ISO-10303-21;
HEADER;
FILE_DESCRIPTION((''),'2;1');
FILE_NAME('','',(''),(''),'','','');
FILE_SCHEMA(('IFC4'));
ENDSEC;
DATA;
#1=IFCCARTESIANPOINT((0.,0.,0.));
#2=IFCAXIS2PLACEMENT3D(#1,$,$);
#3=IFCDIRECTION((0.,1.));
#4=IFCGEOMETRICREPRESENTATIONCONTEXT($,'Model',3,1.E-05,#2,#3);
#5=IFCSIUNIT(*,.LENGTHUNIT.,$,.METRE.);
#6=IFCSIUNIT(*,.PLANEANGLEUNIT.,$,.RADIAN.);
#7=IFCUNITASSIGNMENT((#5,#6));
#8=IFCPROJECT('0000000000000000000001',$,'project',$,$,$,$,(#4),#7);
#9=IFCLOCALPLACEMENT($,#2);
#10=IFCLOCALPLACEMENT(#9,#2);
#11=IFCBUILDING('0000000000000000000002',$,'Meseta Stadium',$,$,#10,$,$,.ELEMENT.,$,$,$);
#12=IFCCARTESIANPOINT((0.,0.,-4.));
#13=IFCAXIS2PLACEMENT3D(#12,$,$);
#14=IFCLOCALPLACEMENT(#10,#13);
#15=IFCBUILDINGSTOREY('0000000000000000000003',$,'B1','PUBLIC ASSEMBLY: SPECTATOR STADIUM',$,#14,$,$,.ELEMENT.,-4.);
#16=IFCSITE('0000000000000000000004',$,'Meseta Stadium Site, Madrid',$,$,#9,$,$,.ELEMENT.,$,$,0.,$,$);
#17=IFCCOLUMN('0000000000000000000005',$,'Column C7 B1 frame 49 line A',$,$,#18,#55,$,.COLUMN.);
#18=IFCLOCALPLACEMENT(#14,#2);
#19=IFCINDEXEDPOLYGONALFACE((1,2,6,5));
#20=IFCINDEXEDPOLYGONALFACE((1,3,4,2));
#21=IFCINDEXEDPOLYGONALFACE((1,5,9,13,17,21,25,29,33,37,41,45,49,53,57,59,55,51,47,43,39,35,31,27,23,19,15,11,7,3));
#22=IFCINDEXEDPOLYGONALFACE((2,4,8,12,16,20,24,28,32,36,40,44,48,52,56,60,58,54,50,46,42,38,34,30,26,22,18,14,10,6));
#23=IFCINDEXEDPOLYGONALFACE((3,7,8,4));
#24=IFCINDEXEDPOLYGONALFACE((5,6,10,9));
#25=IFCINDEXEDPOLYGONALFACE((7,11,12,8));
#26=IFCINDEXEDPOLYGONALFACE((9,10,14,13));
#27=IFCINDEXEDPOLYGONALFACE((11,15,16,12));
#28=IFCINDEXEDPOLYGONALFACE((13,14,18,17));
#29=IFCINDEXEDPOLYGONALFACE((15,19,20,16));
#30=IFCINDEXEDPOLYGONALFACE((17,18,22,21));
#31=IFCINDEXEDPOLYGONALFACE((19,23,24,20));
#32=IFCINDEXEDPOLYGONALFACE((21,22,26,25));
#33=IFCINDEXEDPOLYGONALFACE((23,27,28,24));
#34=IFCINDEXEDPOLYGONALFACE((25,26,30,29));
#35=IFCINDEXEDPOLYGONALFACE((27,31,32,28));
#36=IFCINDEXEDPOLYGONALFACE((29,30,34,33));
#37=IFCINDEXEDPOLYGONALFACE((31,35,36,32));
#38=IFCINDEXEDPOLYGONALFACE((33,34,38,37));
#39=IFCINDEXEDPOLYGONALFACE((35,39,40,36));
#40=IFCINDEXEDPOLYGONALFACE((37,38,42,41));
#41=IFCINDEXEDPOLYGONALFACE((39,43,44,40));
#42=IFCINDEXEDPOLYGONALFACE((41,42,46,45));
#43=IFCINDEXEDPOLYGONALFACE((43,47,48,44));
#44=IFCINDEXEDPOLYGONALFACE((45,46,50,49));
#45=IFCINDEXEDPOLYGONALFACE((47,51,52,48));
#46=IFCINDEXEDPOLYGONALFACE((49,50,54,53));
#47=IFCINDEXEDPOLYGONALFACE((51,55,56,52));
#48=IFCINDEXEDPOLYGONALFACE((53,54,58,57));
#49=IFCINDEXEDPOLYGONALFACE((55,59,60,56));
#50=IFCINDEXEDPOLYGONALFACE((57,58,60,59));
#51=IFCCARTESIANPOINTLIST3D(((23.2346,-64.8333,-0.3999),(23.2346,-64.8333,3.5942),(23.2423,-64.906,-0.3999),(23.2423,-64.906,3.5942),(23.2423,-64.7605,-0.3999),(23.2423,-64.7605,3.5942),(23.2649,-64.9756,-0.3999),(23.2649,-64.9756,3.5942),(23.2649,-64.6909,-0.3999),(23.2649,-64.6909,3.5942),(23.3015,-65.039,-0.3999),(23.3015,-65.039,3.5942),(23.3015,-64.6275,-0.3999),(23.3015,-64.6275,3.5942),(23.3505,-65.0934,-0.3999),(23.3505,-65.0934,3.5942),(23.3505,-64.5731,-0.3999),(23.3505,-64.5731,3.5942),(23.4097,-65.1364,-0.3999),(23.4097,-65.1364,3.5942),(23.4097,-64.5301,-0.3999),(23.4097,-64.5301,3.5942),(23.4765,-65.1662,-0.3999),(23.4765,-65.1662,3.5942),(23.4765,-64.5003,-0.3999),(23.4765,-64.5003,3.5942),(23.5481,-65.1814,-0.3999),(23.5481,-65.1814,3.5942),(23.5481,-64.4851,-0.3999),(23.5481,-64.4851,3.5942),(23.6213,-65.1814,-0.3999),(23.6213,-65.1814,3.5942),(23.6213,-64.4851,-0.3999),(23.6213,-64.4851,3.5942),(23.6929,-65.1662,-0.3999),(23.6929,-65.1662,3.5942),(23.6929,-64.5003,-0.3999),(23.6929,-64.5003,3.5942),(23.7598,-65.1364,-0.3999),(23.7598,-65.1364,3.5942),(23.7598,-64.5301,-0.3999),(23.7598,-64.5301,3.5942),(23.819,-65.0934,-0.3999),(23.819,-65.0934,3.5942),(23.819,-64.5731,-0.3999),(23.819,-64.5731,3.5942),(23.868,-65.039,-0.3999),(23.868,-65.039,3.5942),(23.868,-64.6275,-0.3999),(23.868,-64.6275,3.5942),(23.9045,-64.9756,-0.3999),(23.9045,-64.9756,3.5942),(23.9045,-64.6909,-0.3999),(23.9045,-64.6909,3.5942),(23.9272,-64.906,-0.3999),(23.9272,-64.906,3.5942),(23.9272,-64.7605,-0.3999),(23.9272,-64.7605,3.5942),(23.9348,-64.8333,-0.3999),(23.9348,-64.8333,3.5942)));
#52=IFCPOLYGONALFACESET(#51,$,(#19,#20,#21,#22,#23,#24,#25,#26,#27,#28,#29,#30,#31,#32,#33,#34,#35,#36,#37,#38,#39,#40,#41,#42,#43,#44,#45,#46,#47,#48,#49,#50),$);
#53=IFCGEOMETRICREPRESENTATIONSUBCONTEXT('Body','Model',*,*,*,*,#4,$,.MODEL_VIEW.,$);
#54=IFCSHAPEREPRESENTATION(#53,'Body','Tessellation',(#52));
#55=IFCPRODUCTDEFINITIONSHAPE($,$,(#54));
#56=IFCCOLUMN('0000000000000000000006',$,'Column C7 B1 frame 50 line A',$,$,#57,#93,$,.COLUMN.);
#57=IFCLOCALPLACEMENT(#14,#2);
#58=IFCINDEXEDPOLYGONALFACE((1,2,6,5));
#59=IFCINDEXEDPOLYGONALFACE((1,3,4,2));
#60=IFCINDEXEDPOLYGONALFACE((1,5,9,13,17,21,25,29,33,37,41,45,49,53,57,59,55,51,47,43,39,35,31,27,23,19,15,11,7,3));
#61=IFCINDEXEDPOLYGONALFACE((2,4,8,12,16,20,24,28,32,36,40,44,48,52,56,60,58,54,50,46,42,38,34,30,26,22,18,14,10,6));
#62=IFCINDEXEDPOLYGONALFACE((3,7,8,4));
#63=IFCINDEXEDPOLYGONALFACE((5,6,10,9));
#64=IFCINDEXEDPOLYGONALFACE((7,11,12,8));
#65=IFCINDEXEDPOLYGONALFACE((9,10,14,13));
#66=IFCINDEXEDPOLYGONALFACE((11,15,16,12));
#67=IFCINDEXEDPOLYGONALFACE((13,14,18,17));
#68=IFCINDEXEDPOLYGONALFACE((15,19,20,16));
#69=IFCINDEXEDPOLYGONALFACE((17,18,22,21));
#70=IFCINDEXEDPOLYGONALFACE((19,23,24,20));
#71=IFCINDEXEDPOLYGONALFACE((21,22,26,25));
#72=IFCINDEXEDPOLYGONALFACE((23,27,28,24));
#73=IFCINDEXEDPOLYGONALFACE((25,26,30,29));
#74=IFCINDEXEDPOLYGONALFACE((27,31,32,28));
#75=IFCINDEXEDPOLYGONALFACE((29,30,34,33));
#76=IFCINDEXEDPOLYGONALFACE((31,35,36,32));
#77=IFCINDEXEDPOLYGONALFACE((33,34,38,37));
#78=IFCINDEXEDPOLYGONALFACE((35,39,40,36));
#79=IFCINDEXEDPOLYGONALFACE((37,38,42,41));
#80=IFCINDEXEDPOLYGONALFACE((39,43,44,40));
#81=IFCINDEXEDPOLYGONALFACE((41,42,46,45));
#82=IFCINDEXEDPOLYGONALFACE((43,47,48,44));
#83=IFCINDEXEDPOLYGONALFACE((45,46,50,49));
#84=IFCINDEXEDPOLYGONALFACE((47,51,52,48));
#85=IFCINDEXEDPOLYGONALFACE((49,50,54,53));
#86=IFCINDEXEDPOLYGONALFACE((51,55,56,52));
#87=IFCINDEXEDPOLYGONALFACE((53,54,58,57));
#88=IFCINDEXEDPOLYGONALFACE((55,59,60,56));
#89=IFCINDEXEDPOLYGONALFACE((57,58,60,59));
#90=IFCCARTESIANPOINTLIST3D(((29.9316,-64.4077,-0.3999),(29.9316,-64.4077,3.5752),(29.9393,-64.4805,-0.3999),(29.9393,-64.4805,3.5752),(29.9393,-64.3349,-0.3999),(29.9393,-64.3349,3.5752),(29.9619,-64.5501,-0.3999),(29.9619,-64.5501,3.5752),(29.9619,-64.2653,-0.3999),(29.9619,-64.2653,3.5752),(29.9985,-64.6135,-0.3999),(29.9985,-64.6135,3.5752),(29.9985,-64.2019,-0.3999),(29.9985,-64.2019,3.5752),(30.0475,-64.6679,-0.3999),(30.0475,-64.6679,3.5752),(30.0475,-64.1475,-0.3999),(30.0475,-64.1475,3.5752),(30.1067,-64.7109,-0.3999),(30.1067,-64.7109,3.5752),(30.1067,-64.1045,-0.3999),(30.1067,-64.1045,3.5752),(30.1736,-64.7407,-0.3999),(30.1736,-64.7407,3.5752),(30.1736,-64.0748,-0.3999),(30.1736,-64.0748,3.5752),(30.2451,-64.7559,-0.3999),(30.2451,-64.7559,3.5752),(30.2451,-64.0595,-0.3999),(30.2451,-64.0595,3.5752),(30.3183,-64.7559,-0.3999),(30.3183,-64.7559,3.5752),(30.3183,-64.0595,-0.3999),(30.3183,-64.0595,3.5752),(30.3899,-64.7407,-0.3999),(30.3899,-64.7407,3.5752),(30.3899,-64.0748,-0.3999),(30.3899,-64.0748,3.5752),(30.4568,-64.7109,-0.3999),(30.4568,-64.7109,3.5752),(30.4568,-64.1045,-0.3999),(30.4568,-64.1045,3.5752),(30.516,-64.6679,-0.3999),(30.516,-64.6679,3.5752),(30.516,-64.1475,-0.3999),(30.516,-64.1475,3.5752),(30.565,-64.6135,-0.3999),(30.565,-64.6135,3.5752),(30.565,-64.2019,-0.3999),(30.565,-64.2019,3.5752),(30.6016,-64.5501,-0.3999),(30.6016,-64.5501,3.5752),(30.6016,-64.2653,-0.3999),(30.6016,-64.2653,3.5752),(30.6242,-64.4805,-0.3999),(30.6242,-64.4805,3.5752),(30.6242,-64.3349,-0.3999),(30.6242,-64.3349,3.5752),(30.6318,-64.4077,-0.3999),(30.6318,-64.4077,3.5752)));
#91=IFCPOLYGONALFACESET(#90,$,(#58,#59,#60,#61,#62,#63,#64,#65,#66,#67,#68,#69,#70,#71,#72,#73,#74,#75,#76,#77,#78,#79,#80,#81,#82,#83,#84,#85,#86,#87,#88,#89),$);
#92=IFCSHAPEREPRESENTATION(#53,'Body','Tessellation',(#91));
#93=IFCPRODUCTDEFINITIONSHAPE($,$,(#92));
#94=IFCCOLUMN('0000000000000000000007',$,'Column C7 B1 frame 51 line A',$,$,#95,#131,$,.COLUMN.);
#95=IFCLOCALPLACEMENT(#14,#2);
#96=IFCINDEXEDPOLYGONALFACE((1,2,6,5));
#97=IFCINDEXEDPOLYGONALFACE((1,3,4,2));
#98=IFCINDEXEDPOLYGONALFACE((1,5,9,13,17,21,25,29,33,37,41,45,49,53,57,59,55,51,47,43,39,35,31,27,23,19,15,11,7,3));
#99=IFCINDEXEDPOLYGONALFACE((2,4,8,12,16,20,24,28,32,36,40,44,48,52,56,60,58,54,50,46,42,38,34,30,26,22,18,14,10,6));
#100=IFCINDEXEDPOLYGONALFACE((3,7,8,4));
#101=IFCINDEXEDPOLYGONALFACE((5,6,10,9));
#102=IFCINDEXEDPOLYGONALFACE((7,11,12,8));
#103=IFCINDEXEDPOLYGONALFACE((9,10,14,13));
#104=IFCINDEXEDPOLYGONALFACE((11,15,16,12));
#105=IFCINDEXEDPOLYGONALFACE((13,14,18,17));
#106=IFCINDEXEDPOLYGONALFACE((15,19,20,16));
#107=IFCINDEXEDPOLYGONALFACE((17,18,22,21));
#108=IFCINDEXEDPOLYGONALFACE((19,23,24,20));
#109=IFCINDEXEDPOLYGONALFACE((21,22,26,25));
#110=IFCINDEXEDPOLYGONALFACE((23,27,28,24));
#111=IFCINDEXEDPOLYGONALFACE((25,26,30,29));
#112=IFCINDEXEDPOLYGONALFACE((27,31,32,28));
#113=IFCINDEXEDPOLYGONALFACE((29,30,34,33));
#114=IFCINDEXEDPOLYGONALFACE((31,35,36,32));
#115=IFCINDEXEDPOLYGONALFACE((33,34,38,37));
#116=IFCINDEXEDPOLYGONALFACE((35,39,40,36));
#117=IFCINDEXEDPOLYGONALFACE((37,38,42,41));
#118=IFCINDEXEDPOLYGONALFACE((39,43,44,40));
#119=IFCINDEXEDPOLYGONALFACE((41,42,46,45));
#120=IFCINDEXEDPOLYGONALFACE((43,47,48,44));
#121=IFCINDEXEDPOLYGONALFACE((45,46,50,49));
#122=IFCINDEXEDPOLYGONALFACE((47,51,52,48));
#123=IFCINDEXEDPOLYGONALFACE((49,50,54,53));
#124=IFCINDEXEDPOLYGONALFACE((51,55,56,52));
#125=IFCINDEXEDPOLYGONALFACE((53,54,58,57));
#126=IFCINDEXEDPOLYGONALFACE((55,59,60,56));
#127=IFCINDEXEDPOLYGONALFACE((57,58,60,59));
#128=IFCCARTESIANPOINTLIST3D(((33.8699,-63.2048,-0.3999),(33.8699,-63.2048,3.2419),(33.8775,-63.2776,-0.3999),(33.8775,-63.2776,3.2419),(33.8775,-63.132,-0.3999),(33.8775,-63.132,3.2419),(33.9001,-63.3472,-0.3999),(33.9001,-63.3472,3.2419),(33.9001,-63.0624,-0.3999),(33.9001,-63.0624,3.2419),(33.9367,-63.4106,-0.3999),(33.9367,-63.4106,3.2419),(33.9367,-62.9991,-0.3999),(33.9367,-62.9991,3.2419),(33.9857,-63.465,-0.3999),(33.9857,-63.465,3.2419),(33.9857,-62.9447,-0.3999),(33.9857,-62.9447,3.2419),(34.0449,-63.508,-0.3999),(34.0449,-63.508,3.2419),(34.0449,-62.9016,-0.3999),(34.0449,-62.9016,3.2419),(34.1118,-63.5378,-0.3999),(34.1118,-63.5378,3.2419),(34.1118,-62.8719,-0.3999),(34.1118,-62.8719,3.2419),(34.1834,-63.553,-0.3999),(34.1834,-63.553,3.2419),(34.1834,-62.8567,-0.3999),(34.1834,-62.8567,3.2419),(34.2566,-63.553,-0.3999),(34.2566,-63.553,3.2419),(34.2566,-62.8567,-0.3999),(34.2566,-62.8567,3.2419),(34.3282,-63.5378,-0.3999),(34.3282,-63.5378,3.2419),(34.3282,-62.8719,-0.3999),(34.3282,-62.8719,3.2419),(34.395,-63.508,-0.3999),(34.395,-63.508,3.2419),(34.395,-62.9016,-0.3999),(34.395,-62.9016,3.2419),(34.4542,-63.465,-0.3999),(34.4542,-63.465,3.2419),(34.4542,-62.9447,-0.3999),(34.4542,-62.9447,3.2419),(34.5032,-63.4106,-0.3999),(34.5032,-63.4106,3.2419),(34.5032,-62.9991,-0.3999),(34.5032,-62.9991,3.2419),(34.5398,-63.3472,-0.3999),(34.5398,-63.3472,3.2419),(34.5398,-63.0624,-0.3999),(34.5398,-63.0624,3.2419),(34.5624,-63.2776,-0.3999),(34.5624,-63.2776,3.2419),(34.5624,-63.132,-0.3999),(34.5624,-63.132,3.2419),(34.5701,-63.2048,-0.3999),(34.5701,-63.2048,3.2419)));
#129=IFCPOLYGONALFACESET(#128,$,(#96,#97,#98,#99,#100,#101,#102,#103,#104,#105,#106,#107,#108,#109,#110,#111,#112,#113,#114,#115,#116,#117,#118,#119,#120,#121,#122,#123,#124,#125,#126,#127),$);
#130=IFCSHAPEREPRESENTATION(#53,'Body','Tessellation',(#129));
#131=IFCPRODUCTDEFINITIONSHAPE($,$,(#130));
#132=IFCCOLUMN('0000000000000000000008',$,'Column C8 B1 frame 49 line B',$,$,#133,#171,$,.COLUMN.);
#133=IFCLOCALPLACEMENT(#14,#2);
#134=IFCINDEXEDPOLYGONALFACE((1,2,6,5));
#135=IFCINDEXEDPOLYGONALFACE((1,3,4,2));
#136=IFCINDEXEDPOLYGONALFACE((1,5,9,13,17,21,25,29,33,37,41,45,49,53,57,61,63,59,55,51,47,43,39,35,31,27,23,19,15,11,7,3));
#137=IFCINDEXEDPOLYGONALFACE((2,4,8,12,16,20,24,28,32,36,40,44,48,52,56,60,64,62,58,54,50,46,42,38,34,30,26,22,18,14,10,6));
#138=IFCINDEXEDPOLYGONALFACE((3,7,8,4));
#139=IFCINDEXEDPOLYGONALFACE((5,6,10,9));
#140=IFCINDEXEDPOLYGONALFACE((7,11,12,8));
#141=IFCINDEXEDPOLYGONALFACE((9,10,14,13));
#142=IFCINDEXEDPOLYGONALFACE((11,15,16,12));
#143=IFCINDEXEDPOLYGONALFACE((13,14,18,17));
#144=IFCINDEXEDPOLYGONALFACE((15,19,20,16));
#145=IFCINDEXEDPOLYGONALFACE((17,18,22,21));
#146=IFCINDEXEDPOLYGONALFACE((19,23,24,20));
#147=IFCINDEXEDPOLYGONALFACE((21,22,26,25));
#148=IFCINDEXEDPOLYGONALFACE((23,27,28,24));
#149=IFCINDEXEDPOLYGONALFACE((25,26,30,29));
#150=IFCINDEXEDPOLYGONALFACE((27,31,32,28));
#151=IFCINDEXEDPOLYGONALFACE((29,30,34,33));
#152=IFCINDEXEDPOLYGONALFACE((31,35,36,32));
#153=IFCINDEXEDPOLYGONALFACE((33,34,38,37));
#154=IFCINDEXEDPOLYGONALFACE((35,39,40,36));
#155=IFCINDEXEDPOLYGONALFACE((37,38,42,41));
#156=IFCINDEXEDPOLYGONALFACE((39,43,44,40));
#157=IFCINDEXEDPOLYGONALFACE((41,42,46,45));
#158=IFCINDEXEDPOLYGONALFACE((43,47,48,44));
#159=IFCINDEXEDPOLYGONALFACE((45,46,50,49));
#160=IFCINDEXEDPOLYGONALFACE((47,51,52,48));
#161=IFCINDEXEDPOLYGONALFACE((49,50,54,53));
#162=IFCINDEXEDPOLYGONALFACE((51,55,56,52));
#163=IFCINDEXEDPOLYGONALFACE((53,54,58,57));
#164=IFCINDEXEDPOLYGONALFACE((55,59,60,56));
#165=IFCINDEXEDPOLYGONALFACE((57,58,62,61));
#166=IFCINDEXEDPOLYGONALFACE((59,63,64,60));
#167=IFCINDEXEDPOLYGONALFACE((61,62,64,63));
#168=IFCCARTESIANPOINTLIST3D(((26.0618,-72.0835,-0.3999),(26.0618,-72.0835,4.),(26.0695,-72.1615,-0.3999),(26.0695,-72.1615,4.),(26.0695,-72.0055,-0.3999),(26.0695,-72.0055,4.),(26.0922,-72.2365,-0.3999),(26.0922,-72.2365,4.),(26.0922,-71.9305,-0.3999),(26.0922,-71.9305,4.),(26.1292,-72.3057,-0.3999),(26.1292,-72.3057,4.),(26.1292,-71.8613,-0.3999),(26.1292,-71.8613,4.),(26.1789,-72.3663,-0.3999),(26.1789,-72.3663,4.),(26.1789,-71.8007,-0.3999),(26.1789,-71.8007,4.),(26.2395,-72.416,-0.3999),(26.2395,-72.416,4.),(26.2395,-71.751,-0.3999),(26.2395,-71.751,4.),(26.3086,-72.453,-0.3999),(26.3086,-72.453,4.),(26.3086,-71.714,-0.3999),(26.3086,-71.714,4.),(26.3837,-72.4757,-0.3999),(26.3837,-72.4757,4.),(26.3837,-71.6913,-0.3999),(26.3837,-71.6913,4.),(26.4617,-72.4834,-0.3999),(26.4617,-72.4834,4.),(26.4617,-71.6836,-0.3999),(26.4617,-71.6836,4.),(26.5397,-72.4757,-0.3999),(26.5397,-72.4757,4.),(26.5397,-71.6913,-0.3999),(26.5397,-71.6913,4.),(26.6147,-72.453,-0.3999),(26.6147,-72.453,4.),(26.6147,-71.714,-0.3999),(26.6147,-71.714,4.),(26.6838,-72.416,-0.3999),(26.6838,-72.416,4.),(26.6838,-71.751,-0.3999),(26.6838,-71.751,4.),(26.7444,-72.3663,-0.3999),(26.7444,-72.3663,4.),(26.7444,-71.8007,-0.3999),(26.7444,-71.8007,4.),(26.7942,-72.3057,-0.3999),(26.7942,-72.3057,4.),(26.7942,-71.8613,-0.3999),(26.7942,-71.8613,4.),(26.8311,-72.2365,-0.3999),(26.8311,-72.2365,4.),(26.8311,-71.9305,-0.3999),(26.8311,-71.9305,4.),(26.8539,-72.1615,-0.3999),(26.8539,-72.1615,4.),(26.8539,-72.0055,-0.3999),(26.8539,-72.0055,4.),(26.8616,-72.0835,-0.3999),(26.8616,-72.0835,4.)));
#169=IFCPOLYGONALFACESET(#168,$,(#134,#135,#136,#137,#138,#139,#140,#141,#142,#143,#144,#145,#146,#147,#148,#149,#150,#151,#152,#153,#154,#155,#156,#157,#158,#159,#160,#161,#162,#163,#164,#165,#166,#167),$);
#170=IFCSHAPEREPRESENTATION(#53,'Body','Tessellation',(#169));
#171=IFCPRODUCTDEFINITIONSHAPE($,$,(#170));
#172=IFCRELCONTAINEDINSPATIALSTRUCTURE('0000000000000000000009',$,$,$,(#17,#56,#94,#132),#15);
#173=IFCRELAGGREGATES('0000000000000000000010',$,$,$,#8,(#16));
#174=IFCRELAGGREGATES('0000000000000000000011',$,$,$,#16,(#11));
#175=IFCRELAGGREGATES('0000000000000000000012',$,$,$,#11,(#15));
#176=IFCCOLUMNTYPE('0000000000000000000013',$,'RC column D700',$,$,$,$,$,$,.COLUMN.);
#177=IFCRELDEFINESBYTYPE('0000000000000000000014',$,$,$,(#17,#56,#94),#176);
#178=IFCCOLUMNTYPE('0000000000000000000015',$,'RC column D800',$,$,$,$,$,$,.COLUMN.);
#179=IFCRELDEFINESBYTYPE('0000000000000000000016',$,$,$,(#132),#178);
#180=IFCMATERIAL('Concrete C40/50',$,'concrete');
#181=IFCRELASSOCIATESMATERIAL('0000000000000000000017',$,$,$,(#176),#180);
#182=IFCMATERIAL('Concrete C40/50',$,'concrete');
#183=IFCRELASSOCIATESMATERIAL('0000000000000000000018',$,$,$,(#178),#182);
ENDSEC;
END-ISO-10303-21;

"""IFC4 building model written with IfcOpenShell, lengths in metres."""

from ifc_helpers import new_model, si_unit, direction, frame, origin, origin_2d, place, context, subcontext, project, spatial, circle, extrude, material, material_profile, profile_set, type_object, element, save


model = new_model("IFC4")

# Units and contexts
model_context = context("Model", 3, precision=1e-05, world=origin(), true_north=direction((0.0, 1.0)))
body_context = subcontext(model_context, "Body", "Model", "MODEL_VIEW")
ifc_project = project(units=[si_unit("LENGTHUNIT", "METRE"), si_unit("PLANEANGLEUNIT", "RADIAN")], contexts=[model_context])

# Site, building, storey
site_placement = place(None, origin())
site = spatial("IfcSite", under=ifc_project, at=site_placement, Name="Meseta Stadium Site, Madrid", CompositionType="ELEMENT", RefElevation=0.0)
building_placement = place(site_placement, origin())
building = spatial("IfcBuilding", under=site, at=building_placement, Name="Meseta Stadium", CompositionType="ELEMENT")
storey_placement = place(building_placement, frame((0.0, 0.0, -4.0)))
storey = spatial("IfcBuildingStorey", under=building, at=storey_placement, Name="B1", Description="PUBLIC ASSEMBLY: SPECTATOR STADIUM", CompositionType="ELEMENT", Elevation=-4.0)

# Columns
ifc_material_1 = material(Name="Concrete C40/50", Category="concrete")
ifc_material_profile_1 = material_profile(ifc_material_1, circle(Radius=0.3501, at=origin_2d()), Name="RC D700")
ifc_profile_set_1 = profile_set([ifc_material_profile_1], Name="Concrete C40/50")
column_type_1 = type_object("IfcColumnType", Name="RC column D700", PredefinedType="COLUMN", material=ifc_profile_set_1)
column_1_placement = place(storey_placement, frame((23.5847, -64.8333, -0.3999), z_axis=(0.0, 0.0, 1.0), x_axis=(1.0, 0.0, 0.0)))
element("IfcColumn", 1, at=column_1_placement, inside=storey, type_object=column_type_1, Name="Column C7 B1 frame 49 line A", PredefinedType="COLUMN", context=body_context, shape_type="SweptSolid", body=[
    extrude(circle(Radius=0.3501, at=origin_2d()), origin(), (0.0, 0.0, 1.0), 3.9941),
])
column_2_placement = place(storey_placement, frame((30.2817, -64.4077, -0.3999), z_axis=(0.0, 0.0, 1.0), x_axis=(1.0, 0.0, 0.0)))
element("IfcColumn", 2, at=column_2_placement, inside=storey, type_object=column_type_1, Name="Column C7 B1 frame 50 line A", PredefinedType="COLUMN", context=body_context, shape_type="SweptSolid", body=[
    extrude(circle(Radius=0.3501, at=origin_2d()), origin(), (0.0, 0.0, 1.0), 3.9751),
])
column_3_placement = place(storey_placement, frame((34.22, -63.2048, -0.3999), z_axis=(0.0, 0.0, 1.0), x_axis=(1.0, 0.0, 0.0)))
element("IfcColumn", 3, at=column_3_placement, inside=storey, type_object=column_type_1, Name="Column C7 B1 frame 51 line A", PredefinedType="COLUMN", context=body_context, shape_type="SweptSolid", body=[
    extrude(circle(Radius=0.3501, at=origin_2d()), origin(), (0.0, 0.0, 1.0), 3.6418),
])
ifc_material_2 = material(Name="Concrete C40/50", Category="concrete")
ifc_material_profile_2 = material_profile(ifc_material_2, circle(Radius=0.3999, at=origin_2d()), Name="RC D800")
ifc_profile_set_2 = profile_set([ifc_material_profile_2], Name="Concrete C40/50")
column_type_2 = type_object("IfcColumnType", Name="RC column D800", PredefinedType="COLUMN", material=ifc_profile_set_2)
for number, where, z_axis, x_axis, name in (
    (4, (26.4617, -72.0835, -0.3999), (0.0, 0.0, 1.0), (1.0, 0.0, 0.0), "Column C8 B1 frame 49 line B"),
):
    element("IfcColumn", number, at=place(storey_placement, frame(where, z_axis=z_axis, x_axis=x_axis)), inside=storey, type_object=column_type_2, Name=name, PredefinedType="COLUMN", context=body_context, shape_type="SweptSolid", body=[
        extrude(circle(Radius=0.3999, at=origin_2d()), origin(), (0.0, 0.0, 1.0), 4.3999),
    ])

save(model, "model.ifc")
